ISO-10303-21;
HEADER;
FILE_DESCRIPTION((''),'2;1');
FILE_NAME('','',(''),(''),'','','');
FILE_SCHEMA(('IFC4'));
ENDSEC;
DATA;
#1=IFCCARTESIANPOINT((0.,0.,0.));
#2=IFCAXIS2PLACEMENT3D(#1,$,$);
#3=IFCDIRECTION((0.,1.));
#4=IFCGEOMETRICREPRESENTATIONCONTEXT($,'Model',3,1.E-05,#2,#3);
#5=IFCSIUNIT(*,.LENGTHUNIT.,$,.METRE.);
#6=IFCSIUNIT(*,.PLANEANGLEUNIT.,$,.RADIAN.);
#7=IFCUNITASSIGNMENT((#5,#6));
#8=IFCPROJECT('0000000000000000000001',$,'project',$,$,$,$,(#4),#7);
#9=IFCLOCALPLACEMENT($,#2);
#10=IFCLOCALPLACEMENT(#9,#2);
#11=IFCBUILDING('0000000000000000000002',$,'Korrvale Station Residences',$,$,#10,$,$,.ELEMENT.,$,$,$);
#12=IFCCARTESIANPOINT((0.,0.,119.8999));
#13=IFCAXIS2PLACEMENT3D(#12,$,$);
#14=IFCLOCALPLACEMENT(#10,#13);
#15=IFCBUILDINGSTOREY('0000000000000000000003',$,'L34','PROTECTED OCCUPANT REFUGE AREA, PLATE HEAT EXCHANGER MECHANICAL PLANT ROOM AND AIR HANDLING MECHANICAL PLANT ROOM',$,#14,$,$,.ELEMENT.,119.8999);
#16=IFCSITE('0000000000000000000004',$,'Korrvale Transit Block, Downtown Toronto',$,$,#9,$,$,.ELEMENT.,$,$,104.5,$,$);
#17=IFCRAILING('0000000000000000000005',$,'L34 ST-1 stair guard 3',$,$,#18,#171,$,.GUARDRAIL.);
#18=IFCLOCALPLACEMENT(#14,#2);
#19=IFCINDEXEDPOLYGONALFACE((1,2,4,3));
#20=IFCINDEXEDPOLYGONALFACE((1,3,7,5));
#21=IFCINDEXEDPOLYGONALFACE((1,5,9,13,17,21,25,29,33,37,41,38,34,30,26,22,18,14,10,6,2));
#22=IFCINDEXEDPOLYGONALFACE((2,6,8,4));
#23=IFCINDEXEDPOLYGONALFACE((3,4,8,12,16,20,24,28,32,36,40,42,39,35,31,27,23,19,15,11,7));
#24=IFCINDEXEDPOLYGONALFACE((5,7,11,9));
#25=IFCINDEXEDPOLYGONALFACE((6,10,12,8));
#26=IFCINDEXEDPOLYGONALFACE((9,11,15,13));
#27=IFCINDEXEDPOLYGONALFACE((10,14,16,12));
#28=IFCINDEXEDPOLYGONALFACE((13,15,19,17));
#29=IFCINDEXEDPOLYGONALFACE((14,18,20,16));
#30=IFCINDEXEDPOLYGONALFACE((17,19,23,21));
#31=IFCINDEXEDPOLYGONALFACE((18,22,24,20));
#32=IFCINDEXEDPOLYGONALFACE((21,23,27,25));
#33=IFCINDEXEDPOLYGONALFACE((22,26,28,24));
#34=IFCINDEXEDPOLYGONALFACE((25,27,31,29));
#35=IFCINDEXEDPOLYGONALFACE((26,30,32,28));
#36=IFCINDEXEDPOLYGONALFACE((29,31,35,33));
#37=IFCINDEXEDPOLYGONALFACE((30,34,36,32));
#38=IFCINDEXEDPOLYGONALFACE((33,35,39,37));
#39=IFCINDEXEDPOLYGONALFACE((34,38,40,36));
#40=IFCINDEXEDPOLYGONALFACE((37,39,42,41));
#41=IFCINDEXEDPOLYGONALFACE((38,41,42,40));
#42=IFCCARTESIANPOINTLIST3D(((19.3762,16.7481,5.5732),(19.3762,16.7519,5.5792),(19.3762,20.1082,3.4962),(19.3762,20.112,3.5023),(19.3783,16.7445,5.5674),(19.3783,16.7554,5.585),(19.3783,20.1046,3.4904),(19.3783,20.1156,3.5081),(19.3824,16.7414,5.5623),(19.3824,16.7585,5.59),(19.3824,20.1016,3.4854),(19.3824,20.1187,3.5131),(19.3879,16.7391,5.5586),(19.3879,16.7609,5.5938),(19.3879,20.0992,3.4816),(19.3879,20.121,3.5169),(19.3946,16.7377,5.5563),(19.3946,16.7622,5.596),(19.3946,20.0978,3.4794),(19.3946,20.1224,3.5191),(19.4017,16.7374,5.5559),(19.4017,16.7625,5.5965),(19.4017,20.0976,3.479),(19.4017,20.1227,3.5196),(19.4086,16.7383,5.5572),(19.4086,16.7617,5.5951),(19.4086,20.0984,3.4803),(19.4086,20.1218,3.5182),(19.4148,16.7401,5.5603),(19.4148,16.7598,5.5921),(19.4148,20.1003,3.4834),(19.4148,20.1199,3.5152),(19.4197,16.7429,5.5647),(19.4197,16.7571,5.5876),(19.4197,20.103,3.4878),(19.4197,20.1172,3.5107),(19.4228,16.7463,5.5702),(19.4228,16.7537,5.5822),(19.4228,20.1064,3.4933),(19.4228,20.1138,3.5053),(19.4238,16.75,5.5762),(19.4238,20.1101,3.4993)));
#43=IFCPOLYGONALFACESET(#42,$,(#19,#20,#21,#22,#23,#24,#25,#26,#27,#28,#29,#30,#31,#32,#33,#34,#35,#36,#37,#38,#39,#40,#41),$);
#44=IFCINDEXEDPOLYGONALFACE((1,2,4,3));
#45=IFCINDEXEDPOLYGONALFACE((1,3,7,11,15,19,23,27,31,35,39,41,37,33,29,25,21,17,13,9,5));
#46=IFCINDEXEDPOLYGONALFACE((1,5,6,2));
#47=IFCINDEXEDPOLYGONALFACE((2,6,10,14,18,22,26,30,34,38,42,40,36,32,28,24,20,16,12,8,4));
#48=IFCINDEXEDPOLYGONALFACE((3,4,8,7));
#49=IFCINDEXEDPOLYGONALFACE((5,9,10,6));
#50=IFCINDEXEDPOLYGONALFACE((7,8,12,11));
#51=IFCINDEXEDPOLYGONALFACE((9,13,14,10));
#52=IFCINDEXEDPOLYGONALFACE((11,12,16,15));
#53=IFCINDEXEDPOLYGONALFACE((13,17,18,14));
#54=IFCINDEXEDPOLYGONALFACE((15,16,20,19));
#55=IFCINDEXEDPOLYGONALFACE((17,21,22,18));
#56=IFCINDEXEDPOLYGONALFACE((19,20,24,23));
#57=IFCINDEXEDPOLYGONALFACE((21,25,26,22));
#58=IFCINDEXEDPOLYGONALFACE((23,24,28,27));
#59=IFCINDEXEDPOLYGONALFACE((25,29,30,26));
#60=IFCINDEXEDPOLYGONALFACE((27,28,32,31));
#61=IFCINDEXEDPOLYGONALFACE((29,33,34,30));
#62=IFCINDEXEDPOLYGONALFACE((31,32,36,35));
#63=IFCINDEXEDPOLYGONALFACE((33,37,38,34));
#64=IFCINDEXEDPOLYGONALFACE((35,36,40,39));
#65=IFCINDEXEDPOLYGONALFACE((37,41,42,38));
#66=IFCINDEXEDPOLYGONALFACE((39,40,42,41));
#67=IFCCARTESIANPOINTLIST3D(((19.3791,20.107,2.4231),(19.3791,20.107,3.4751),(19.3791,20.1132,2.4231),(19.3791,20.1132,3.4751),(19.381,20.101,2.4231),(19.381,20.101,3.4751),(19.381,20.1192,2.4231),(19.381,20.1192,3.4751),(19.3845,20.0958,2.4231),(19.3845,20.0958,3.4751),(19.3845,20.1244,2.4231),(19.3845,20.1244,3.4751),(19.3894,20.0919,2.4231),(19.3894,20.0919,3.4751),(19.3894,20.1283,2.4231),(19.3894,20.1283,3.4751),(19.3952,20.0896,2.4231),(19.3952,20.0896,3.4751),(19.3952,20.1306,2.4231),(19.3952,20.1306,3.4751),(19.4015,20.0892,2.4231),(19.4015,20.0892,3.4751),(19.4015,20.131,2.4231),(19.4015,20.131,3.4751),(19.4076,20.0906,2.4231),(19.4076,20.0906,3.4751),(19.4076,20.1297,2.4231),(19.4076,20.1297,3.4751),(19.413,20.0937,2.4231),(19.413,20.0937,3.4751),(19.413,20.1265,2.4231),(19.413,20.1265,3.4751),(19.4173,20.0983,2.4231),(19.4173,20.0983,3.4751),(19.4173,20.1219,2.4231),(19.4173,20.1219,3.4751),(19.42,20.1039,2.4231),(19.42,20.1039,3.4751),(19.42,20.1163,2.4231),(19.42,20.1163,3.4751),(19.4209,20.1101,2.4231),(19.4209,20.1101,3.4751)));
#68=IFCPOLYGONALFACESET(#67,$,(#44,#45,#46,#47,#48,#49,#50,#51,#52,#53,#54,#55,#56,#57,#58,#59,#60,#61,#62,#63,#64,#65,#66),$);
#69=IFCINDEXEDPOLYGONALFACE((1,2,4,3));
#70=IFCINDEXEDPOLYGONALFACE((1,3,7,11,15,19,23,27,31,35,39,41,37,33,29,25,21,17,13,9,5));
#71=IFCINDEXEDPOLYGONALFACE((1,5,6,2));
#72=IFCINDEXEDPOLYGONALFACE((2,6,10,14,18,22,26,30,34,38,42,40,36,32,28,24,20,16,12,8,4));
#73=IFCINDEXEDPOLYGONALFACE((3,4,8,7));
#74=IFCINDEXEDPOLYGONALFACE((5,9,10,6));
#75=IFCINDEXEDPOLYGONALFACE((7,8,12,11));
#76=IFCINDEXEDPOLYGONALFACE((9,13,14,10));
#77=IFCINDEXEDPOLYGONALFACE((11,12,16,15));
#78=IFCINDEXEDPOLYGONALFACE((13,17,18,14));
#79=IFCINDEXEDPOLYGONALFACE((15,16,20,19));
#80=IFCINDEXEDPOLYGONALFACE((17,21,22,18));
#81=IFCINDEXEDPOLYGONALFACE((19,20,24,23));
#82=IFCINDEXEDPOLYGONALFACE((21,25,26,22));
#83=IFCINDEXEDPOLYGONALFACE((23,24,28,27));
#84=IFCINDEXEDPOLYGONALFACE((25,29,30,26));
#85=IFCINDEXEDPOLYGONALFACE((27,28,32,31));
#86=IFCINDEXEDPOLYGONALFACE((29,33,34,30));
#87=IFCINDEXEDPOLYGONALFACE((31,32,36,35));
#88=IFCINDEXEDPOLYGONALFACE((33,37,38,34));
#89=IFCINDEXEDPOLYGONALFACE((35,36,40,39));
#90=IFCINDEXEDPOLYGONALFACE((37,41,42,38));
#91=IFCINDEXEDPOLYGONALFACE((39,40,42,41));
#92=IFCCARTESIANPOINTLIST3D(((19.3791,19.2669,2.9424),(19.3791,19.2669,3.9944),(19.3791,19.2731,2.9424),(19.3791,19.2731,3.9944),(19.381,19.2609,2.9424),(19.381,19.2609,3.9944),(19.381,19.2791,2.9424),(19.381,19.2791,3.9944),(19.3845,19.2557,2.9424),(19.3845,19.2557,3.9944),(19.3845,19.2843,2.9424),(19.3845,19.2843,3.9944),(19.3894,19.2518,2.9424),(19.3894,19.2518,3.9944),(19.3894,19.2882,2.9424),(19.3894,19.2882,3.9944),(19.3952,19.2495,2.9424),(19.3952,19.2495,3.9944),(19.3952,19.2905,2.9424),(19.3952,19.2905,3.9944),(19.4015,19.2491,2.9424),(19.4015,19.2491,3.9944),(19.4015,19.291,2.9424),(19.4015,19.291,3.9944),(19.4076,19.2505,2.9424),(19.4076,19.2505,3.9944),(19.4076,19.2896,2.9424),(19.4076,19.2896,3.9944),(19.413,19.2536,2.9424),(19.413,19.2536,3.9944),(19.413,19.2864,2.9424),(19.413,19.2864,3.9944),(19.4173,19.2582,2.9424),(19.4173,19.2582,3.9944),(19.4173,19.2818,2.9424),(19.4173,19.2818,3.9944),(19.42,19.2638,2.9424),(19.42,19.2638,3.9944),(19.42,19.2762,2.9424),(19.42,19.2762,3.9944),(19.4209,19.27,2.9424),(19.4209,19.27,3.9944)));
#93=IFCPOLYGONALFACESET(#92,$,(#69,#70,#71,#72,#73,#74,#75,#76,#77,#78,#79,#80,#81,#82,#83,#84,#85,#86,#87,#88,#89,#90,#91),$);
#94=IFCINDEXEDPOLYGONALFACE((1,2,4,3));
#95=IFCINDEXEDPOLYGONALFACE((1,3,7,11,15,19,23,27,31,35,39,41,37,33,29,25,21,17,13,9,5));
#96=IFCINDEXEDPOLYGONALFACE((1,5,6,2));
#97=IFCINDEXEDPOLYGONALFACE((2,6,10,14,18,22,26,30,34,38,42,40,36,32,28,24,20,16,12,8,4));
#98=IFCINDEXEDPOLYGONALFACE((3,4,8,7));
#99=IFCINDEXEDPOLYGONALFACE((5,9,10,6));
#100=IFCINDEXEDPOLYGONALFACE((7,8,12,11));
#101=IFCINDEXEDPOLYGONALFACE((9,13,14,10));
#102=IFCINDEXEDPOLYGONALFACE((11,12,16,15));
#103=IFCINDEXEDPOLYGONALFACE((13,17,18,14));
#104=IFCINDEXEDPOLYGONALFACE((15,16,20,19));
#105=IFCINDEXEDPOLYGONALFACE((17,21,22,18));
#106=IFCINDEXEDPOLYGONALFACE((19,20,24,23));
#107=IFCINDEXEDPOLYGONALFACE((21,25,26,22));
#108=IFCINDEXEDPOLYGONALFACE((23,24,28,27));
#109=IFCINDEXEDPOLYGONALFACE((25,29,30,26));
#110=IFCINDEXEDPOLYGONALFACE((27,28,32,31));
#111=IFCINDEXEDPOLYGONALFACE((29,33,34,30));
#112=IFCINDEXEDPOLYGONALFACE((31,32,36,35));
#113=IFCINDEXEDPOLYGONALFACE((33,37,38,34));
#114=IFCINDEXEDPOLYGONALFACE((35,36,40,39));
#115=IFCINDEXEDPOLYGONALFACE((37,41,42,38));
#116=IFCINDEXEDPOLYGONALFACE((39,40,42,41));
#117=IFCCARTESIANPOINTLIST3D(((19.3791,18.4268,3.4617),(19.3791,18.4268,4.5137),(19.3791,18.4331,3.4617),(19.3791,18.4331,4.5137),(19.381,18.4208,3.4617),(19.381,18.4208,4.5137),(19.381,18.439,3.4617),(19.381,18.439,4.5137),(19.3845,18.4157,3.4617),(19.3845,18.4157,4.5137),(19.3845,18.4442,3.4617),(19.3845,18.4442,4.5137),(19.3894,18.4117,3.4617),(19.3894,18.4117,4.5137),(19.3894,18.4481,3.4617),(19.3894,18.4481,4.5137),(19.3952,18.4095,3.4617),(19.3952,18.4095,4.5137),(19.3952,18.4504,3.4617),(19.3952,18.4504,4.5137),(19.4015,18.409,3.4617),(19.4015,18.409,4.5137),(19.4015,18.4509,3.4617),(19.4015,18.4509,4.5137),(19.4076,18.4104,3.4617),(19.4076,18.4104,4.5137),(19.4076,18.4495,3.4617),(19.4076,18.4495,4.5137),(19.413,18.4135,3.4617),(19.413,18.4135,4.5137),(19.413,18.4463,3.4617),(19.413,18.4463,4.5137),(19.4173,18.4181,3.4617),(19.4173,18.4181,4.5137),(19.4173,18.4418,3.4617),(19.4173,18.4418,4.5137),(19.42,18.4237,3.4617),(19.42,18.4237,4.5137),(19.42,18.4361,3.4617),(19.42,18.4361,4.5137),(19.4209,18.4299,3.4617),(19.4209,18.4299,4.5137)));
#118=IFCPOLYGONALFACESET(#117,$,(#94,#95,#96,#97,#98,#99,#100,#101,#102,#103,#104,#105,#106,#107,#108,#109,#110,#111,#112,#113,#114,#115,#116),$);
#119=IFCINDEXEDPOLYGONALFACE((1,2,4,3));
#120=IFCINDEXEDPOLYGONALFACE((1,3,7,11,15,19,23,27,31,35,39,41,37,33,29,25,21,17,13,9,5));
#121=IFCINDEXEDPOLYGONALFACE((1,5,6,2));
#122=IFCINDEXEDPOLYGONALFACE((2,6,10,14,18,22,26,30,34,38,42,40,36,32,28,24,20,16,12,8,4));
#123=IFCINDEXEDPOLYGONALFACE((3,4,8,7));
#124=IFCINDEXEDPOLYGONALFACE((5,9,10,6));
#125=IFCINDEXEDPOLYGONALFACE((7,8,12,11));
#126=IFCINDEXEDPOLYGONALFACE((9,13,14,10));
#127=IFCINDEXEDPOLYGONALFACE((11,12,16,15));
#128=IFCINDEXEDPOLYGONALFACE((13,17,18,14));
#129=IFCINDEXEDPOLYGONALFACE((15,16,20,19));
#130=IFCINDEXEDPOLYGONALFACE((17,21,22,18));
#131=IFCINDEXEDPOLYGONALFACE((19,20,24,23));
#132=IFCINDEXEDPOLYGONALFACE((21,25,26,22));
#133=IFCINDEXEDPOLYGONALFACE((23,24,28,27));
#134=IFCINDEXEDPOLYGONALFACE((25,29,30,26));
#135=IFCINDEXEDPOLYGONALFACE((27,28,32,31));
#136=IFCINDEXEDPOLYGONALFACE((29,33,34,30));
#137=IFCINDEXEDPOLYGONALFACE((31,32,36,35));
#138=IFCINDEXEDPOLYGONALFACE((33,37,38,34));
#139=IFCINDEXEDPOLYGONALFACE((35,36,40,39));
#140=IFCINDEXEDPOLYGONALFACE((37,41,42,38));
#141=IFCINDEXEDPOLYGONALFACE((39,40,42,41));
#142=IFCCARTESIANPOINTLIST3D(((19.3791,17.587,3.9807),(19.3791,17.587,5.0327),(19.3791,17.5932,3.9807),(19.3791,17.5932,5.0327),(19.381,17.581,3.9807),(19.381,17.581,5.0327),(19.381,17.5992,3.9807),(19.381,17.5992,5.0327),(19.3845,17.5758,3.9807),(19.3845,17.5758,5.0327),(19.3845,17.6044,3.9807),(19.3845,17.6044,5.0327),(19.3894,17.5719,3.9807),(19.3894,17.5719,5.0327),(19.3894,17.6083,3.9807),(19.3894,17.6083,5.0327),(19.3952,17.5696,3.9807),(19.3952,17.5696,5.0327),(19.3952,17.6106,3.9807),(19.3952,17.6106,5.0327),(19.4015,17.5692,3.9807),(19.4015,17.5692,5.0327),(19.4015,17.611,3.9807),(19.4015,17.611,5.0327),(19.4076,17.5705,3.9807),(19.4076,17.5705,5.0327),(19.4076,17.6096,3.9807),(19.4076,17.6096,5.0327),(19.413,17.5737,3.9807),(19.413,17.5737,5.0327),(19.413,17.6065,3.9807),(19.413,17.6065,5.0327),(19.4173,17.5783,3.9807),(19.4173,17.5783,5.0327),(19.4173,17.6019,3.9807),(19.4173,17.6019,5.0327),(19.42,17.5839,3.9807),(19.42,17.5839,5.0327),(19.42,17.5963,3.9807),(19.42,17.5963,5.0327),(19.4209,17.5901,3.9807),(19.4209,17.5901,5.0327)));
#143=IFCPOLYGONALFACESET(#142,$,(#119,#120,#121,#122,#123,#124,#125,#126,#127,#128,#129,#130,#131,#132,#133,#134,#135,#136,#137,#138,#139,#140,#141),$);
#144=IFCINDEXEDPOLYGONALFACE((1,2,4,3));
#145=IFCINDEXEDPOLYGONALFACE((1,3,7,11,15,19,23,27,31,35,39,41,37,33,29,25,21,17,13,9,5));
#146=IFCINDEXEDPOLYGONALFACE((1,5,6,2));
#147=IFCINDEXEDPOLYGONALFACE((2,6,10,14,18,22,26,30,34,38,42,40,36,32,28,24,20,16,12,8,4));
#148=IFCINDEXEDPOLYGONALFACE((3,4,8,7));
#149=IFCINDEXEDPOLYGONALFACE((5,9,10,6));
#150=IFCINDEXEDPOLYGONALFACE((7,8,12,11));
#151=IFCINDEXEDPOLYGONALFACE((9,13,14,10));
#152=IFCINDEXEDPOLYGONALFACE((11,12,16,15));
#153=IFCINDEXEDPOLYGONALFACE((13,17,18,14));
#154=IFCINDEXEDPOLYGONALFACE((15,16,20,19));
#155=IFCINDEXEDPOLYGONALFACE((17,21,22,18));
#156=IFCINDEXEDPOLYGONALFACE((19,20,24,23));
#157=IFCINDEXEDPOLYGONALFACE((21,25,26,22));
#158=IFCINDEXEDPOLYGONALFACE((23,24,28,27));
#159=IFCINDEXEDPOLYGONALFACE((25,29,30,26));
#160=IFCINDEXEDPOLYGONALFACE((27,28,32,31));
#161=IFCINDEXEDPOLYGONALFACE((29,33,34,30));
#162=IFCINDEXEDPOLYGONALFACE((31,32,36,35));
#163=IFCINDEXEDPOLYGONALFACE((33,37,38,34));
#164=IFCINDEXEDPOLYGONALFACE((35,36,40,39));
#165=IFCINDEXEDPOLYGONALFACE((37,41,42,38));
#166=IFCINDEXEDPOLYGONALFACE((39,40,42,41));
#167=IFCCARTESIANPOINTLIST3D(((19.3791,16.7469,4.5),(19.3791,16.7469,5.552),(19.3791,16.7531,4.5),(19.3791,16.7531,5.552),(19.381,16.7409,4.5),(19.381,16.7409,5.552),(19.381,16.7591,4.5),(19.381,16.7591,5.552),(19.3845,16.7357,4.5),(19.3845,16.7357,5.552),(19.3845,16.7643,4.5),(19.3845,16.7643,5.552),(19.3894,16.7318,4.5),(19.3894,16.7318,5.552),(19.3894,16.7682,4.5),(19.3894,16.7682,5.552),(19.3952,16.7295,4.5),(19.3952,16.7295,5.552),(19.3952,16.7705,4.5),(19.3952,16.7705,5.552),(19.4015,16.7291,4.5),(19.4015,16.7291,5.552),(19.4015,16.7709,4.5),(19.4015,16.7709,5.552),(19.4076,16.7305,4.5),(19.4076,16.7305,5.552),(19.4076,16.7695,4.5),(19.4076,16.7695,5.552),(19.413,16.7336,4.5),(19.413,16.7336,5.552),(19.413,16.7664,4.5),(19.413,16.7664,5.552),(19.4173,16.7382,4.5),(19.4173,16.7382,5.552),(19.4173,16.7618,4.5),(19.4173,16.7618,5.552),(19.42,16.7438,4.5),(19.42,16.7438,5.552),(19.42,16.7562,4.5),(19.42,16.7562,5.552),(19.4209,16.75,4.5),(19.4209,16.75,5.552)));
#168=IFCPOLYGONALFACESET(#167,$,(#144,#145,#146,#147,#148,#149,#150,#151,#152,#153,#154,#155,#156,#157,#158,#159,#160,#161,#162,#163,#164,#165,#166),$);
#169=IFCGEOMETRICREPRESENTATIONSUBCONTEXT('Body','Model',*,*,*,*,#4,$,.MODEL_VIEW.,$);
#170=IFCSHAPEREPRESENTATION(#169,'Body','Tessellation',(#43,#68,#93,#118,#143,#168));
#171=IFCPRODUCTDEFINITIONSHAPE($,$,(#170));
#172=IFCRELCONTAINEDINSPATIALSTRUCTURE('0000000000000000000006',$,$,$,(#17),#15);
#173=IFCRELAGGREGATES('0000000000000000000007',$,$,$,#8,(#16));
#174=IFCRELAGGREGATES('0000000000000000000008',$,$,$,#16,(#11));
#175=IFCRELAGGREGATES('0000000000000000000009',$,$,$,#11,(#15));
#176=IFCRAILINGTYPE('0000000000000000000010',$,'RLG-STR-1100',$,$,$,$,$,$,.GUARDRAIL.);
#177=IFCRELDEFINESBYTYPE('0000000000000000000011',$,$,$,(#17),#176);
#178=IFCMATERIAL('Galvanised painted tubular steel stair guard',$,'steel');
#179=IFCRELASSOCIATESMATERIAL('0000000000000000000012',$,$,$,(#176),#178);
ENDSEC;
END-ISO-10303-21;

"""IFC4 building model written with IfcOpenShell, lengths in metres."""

from ifc_helpers import new_model, si_unit, direction, frame, origin, origin_2d, place, context, subcontext, project, spatial, circle, extrude, material, type_object, element, save


model = new_model("IFC4")

# Units and contexts
model_context = context("Model", 3, precision=1e-05, world=origin(), true_north=direction((0.0, 1.0)))
body_context = subcontext(model_context, "Body", "Model", "MODEL_VIEW")
ifc_project = project(units=[si_unit("LENGTHUNIT", "METRE"), si_unit("PLANEANGLEUNIT", "RADIAN")], contexts=[model_context])

# Site, building, storey
site_placement = place(None, origin())
site = spatial("IfcSite", under=ifc_project, at=site_placement, Name="Korrvale Transit Block, Downtown Toronto", CompositionType="ELEMENT", RefElevation=104.5)
building_placement = place(site_placement, origin())
building = spatial("IfcBuilding", under=site, at=building_placement, Name="Korrvale Station Residences", CompositionType="ELEMENT")
storey_placement = place(building_placement, frame((0.0, 0.0, 119.8999)))
storey = spatial("IfcBuildingStorey", under=building, at=storey_placement, Name="L34", Description="PROTECTED OCCUPANT REFUGE AREA, PLATE HEAT EXCHANGER MECHANICAL PLANT ROOM AND AIR HANDLING MECHANICAL PLANT ROOM", CompositionType="ELEMENT", Elevation=119.8999)

# Railing
ifc_material_1 = material(Name="Galvanised painted tubular steel stair guard", Category="steel")
railing_type_1 = type_object("IfcRailingType", Name="RLG-STR-1100", PredefinedType="GUARDRAIL", material=ifc_material_1)
railing_1_placement = place(storey_placement, frame((19.3999, 20.1101, 2.4231)))
element("IfcRailing", 1, at=railing_1_placement, inside=storey, type_object=railing_type_1, Name="L34 ST-1 stair guard 3", PredefinedType="GUARDRAIL", context=body_context, shape_type="SweptSolid", body=[
    extrude(circle(Radius=0.0239, at=origin_2d()), frame((0.0, 0.0, 1.0762), z_axis=(0.0, -0.850623, 0.525776), x_axis=(1.0, 0.0, 0.0)), (0.0, 0.0, 1.0), 3.9502),
    extrude(circle(Radius=0.021, at=origin_2d()), origin(), (0.0, 0.0, 1.0), 1.052),
    extrude(circle(Radius=0.021, at=origin_2d()), frame((0.0, -0.8401, 0.5193)), (0.0, 0.0, 1.0), 1.052),
    extrude(circle(Radius=0.021, at=origin_2d()), frame((0.0, -1.6802, 1.0386)), (0.0, 0.0, 1.0), 1.052),
    extrude(circle(Radius=0.021, at=origin_2d()), frame((0.0, -2.52, 1.5576)), (0.0, 0.0, 1.0), 1.052),
    extrude(circle(Radius=0.021, at=origin_2d()), frame((0.0, -3.3601, 2.0769)), (0.0, 0.0, 1.0), 1.052),
])

save(model, "model.ifc")
